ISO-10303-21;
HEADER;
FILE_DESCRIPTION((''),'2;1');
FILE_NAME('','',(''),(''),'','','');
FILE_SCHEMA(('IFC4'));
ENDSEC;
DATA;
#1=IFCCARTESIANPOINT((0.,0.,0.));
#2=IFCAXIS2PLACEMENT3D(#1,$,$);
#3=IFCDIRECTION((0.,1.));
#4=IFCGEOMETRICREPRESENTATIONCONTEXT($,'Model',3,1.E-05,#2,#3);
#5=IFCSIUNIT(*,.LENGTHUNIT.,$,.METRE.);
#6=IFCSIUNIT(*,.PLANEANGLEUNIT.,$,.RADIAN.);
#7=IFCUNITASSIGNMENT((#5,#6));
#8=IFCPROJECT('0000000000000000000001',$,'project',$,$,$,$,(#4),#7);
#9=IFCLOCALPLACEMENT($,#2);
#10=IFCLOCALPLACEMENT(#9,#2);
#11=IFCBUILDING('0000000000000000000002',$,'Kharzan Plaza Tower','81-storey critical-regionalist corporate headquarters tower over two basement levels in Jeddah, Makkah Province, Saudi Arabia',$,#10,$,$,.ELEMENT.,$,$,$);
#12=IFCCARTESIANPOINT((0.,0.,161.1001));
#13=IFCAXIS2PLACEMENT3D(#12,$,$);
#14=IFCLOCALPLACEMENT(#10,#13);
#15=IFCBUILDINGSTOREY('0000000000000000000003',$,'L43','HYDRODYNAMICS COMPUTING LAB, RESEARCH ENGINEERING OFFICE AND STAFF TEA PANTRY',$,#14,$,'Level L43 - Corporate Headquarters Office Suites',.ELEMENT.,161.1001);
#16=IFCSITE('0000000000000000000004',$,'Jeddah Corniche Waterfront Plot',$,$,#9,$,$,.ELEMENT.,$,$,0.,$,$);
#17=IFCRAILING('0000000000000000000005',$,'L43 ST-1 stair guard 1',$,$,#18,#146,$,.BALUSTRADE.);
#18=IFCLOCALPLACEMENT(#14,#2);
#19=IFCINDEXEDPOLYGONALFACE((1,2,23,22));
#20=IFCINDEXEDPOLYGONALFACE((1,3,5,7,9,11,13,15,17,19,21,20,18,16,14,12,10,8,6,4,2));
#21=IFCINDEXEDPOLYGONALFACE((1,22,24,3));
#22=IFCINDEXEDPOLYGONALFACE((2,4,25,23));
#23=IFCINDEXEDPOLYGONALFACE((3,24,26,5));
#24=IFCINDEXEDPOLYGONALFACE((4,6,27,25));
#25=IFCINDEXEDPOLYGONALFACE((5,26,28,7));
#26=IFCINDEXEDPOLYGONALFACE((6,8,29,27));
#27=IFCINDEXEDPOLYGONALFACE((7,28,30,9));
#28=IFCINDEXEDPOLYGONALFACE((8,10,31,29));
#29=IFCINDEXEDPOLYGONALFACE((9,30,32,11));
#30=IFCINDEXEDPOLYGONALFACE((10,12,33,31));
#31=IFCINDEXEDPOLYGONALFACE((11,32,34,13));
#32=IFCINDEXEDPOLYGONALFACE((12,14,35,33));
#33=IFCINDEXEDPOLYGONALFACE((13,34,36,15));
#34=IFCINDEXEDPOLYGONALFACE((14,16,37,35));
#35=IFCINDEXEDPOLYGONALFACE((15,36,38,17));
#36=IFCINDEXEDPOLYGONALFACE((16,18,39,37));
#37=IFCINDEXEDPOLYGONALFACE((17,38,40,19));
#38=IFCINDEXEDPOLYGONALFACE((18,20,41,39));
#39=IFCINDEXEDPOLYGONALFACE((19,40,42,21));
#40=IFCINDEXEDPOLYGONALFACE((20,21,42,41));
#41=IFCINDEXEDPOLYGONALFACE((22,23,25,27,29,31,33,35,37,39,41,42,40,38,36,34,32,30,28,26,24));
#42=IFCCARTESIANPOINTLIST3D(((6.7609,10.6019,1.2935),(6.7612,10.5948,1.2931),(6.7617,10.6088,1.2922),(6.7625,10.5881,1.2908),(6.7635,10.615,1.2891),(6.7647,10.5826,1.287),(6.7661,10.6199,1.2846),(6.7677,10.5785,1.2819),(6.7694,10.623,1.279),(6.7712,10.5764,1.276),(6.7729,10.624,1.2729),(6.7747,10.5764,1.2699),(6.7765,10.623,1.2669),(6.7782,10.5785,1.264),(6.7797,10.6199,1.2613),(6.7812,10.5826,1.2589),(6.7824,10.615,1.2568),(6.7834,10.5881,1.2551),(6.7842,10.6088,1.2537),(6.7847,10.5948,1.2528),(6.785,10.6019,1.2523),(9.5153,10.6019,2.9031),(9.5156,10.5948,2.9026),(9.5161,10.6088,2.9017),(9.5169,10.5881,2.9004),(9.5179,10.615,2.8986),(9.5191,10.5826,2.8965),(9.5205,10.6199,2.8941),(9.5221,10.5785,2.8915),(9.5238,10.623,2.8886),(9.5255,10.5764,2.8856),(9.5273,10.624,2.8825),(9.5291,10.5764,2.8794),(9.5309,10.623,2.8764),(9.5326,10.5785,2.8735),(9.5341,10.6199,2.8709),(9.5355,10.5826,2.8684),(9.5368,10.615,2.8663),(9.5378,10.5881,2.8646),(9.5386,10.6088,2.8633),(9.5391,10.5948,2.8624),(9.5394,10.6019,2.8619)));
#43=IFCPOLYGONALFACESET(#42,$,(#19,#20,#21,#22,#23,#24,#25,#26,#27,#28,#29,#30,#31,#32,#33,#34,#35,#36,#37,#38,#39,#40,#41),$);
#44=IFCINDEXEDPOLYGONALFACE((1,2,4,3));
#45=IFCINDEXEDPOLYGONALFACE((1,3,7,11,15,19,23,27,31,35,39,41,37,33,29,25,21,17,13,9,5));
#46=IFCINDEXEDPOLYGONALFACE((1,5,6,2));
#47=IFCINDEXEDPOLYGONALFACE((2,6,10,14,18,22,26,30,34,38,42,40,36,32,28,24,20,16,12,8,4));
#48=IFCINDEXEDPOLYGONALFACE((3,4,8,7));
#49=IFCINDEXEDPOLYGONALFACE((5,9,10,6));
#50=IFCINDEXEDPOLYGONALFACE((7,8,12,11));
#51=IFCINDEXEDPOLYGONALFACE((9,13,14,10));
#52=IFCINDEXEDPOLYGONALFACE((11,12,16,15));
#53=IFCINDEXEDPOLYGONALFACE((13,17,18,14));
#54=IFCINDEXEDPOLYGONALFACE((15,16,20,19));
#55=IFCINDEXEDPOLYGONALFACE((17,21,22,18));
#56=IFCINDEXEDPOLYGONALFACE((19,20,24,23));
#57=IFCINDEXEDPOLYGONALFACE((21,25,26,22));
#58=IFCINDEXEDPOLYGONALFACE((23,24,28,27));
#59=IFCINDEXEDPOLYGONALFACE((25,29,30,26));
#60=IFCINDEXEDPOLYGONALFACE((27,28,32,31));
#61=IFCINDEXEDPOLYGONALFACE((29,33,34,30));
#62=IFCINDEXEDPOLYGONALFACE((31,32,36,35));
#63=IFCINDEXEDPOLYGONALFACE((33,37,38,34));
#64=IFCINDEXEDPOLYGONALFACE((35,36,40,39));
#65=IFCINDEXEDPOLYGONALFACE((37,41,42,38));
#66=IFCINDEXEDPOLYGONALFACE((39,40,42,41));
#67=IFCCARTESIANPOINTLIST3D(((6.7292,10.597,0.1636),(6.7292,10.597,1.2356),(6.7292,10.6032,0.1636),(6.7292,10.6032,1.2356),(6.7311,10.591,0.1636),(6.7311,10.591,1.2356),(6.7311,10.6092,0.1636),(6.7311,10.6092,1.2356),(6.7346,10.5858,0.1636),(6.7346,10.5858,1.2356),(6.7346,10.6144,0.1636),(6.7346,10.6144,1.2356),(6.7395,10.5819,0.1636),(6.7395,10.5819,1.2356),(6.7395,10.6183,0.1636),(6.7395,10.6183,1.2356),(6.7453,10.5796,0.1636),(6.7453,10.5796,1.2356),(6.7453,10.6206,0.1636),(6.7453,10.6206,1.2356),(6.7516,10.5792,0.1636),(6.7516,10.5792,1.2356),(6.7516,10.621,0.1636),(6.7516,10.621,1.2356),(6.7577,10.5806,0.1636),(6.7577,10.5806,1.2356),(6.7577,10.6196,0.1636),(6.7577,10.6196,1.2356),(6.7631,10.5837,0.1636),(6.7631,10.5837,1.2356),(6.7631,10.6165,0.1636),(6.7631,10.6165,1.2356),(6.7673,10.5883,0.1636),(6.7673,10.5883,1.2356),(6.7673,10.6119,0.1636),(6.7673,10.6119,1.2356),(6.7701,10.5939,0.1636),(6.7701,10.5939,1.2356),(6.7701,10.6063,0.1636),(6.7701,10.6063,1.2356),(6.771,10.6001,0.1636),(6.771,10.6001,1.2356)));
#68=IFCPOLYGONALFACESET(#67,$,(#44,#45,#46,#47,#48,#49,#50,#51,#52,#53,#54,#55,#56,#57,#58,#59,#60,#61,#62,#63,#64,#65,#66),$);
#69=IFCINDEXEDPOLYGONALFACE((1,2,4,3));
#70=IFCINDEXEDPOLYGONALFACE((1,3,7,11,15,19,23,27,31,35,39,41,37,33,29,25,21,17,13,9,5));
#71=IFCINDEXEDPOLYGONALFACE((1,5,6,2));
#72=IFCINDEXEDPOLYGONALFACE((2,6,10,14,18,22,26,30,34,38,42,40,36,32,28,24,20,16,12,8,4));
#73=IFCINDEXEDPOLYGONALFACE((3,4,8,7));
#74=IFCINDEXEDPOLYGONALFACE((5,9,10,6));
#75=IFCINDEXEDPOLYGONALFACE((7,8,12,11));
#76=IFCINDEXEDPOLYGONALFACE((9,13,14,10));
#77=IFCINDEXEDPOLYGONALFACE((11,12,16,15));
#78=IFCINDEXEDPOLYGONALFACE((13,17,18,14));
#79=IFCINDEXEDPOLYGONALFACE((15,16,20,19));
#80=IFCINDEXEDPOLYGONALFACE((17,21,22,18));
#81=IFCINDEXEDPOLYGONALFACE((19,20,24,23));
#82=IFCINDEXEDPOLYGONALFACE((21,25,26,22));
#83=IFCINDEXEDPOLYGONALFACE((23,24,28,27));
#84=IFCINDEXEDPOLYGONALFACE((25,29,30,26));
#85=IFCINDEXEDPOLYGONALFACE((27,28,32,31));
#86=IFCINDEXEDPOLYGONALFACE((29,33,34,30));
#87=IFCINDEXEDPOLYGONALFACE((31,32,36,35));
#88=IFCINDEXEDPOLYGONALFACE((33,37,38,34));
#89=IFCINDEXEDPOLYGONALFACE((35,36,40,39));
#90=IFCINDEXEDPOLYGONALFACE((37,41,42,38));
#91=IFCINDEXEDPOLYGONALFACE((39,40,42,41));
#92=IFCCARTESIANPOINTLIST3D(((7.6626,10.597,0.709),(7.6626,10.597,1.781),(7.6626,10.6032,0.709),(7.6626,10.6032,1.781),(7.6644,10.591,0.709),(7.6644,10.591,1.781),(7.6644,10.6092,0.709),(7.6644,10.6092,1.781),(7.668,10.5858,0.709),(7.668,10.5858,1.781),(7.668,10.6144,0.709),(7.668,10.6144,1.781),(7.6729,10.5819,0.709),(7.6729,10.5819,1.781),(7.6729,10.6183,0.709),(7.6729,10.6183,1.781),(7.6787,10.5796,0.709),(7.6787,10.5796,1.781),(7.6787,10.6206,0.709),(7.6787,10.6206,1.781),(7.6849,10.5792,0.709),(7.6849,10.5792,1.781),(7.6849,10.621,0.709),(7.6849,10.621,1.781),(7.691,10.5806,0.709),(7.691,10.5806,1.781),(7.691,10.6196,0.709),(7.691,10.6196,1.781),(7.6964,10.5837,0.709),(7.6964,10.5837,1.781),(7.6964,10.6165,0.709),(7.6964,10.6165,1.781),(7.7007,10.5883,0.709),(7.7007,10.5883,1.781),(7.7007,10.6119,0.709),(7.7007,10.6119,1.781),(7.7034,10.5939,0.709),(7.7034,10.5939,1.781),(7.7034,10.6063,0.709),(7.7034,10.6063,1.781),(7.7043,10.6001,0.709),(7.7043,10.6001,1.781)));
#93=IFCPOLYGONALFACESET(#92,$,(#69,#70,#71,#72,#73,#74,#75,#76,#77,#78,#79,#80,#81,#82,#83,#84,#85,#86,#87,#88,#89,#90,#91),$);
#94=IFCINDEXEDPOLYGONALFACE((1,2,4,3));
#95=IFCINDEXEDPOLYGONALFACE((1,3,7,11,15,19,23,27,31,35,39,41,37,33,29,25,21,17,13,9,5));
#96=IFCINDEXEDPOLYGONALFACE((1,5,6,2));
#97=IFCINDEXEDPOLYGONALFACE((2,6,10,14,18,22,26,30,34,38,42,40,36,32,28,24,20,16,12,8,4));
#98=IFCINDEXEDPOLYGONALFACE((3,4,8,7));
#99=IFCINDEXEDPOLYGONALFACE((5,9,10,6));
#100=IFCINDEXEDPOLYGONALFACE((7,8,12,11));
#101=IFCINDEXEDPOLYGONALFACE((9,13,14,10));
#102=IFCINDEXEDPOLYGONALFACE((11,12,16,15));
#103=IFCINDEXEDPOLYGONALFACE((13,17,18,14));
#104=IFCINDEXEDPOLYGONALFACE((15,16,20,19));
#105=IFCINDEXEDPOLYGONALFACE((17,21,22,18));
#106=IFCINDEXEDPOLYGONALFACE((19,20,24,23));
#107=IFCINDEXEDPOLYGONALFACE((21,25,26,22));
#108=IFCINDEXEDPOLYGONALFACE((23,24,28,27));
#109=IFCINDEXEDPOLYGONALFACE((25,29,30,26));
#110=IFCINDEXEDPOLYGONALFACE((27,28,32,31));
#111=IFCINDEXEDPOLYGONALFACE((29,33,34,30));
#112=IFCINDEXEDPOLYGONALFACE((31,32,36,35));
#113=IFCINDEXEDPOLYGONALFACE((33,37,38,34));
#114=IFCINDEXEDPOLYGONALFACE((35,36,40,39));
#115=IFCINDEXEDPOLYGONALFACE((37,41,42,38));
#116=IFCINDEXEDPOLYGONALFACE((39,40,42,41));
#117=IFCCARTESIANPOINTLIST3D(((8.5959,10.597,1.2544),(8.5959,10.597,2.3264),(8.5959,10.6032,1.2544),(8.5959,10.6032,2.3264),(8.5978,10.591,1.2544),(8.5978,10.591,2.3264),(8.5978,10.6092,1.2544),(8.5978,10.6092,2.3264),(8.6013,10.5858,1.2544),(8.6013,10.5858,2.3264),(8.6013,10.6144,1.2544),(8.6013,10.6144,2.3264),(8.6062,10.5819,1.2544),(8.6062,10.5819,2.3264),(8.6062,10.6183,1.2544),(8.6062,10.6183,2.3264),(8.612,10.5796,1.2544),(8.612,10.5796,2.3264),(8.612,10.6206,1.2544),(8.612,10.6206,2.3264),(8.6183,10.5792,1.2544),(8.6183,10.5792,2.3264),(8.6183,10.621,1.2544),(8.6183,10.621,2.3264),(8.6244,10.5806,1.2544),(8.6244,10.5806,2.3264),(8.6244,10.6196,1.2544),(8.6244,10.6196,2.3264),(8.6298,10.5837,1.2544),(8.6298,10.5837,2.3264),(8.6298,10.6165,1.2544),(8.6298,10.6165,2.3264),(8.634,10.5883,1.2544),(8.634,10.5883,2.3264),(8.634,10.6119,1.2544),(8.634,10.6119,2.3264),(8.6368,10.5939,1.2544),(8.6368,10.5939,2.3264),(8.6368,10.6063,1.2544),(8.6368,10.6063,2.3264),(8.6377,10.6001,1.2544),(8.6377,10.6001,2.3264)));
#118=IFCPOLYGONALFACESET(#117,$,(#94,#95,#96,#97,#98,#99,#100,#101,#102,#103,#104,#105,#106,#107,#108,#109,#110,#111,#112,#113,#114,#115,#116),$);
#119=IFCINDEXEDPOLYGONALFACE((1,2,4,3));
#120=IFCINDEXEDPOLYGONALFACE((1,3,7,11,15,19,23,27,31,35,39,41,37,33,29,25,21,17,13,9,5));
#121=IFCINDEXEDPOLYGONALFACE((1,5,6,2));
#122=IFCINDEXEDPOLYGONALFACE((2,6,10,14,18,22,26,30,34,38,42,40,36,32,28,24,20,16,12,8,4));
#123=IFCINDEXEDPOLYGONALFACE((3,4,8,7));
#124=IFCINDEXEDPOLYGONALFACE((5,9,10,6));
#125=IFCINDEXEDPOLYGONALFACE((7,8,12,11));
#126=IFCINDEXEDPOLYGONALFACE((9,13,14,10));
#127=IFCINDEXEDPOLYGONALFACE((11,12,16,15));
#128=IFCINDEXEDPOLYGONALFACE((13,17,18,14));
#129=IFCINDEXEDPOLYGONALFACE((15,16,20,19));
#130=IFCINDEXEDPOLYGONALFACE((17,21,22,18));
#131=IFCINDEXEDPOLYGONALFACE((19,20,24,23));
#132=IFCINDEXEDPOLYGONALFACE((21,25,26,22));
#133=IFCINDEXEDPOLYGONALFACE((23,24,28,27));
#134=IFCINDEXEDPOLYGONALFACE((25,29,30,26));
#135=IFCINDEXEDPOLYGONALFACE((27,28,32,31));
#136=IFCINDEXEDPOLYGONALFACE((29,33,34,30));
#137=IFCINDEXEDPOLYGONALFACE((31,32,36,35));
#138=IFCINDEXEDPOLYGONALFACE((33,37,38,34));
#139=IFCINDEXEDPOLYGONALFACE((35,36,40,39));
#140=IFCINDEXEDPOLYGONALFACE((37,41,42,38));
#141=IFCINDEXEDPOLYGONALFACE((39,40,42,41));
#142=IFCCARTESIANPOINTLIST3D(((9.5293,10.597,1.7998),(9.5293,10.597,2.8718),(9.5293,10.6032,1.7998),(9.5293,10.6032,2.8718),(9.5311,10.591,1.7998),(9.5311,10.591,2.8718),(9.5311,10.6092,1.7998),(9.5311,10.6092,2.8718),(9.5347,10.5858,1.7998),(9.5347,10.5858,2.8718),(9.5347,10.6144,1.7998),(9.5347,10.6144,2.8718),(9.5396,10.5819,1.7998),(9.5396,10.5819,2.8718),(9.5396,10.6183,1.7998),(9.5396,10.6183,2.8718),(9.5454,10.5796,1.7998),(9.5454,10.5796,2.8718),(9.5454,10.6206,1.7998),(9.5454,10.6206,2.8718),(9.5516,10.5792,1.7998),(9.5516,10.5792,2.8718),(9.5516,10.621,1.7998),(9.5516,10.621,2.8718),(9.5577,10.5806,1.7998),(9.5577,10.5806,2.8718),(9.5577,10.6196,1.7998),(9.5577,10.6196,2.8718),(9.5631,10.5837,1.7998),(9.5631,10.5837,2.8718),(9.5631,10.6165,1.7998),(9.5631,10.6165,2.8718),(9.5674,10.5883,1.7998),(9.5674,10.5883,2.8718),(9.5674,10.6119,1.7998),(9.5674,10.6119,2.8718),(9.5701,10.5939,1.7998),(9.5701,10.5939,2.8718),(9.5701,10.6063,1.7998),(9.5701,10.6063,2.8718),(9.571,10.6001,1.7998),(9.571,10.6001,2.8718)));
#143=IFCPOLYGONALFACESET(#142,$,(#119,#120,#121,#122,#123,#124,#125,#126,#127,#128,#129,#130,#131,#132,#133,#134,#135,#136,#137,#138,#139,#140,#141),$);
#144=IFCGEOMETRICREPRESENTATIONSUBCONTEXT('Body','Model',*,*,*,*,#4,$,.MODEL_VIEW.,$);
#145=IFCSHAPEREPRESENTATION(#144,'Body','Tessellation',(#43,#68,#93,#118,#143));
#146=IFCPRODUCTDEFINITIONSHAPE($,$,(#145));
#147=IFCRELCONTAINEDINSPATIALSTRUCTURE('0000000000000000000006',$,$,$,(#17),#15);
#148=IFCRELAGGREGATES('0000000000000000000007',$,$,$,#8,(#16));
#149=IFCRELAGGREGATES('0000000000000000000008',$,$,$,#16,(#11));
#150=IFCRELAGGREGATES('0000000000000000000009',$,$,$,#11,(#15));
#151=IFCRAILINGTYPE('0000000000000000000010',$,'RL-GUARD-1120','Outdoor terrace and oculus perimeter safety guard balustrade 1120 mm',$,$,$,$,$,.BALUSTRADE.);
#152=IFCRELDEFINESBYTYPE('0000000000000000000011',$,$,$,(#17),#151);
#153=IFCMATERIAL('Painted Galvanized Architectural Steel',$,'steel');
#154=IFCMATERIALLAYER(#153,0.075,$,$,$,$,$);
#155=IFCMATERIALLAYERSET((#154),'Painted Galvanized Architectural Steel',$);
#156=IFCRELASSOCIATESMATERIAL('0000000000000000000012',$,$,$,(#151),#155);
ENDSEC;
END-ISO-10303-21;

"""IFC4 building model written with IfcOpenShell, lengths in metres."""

from ifc_helpers import new_model, si_unit, direction, frame, origin, origin_2d, place, context, subcontext, project, spatial, circle, extrude, source, transform, mapped, material, layer, layer_set, type_object, element, save


model = new_model("IFC4")

# Units and contexts
model_context = context("Model", 3, precision=1e-05, world=origin(), true_north=direction((0.0, 1.0)))
body_context = subcontext(model_context, "Body", "Model", "MODEL_VIEW")
ifc_project = project(units=[si_unit("LENGTHUNIT", "METRE"), si_unit("PLANEANGLEUNIT", "RADIAN")], contexts=[model_context])

# Site, building, storey
site_placement = place(None, origin())
site = spatial("IfcSite", under=ifc_project, at=site_placement, Name="Jeddah Corniche Waterfront Plot", CompositionType="ELEMENT", RefElevation=0.0)
building_placement = place(site_placement, origin())
building = spatial("IfcBuilding", under=site, at=building_placement, Name="Kharzan Plaza Tower", Description="81-storey critical-regionalist corporate headquarters tower over two basement levels in Jeddah, Makkah Province, Saudi Arabia", CompositionType="ELEMENT")
storey_placement = place(building_placement, frame((0.0, 0.0, 161.1001)))
storey = spatial("IfcBuildingStorey", under=building, at=storey_placement, Name="L43", Description="HYDRODYNAMICS COMPUTING LAB, RESEARCH ENGINEERING OFFICE AND STAFF TEA PANTRY", LongName="Level L43 - Corporate Headquarters Office Suites", CompositionType="ELEMENT", Elevation=161.1001)

# Railing
ifc_material_1 = material(Name="Painted Galvanized Architectural Steel", Category="steel")
ifc_layer_1 = layer(ifc_material_1, 0.075)
ifc_layer_set_1 = layer_set([ifc_layer_1], Name="Painted Galvanized Architectural Steel")
railing_type_1 = type_object("IfcRailingType", Name="RL-GUARD-1120", Description="Outdoor terrace and oculus perimeter safety guard balustrade 1120 mm", PredefinedType="BALUSTRADE", material=ifc_layer_set_1)
shared_shape_1 = source(origin(), body_context, "Body", "SweptSolid", [
    extrude(circle(Radius=0.0239, at=origin_2d()), frame((0.0229, 0.0, 1.1094), z_axis=(0.863394, 0.0, 0.504531), x_axis=(0.0, 1.0, 0.0)), (0.0, 0.0, 1.0), 3.1902),
    extrude(circle(Radius=0.021, at=origin_2d()), origin(), (0.0, 0.0, 1.0), 1.072),
    extrude(circle(Radius=0.021, at=origin_2d()), frame((0.9333, 0.0, 0.5454)), (0.0, 0.0, 1.0), 1.072),
    extrude(circle(Radius=0.021, at=origin_2d()), frame((1.8667, 0.0, 1.0908)), (0.0, 0.0, 1.0), 1.072),
    extrude(circle(Radius=0.021, at=origin_2d()), frame((2.8, 0.0, 1.6362)), (0.0, 0.0, 1.0), 1.072),
])
railing_1_placement = place(storey_placement, frame((6.75, 10.6001, 0.1636)))
element("IfcRailing", 1, at=railing_1_placement, inside=storey, type_object=railing_type_1, Name="L43 ST-1 stair guard 1", PredefinedType="BALUSTRADE", context=body_context, shape_type="MappedRepresentation", body=[
    mapped(shared_shape_1, transform((0.0, 0.0, 0.0), x_axis=(1.0, 0.0, 0.0), y_axis=(0.0, 1.0, 0.0), z_axis=(0.0, 0.0, 1.0))),
])

save(model, "model.ifc")
